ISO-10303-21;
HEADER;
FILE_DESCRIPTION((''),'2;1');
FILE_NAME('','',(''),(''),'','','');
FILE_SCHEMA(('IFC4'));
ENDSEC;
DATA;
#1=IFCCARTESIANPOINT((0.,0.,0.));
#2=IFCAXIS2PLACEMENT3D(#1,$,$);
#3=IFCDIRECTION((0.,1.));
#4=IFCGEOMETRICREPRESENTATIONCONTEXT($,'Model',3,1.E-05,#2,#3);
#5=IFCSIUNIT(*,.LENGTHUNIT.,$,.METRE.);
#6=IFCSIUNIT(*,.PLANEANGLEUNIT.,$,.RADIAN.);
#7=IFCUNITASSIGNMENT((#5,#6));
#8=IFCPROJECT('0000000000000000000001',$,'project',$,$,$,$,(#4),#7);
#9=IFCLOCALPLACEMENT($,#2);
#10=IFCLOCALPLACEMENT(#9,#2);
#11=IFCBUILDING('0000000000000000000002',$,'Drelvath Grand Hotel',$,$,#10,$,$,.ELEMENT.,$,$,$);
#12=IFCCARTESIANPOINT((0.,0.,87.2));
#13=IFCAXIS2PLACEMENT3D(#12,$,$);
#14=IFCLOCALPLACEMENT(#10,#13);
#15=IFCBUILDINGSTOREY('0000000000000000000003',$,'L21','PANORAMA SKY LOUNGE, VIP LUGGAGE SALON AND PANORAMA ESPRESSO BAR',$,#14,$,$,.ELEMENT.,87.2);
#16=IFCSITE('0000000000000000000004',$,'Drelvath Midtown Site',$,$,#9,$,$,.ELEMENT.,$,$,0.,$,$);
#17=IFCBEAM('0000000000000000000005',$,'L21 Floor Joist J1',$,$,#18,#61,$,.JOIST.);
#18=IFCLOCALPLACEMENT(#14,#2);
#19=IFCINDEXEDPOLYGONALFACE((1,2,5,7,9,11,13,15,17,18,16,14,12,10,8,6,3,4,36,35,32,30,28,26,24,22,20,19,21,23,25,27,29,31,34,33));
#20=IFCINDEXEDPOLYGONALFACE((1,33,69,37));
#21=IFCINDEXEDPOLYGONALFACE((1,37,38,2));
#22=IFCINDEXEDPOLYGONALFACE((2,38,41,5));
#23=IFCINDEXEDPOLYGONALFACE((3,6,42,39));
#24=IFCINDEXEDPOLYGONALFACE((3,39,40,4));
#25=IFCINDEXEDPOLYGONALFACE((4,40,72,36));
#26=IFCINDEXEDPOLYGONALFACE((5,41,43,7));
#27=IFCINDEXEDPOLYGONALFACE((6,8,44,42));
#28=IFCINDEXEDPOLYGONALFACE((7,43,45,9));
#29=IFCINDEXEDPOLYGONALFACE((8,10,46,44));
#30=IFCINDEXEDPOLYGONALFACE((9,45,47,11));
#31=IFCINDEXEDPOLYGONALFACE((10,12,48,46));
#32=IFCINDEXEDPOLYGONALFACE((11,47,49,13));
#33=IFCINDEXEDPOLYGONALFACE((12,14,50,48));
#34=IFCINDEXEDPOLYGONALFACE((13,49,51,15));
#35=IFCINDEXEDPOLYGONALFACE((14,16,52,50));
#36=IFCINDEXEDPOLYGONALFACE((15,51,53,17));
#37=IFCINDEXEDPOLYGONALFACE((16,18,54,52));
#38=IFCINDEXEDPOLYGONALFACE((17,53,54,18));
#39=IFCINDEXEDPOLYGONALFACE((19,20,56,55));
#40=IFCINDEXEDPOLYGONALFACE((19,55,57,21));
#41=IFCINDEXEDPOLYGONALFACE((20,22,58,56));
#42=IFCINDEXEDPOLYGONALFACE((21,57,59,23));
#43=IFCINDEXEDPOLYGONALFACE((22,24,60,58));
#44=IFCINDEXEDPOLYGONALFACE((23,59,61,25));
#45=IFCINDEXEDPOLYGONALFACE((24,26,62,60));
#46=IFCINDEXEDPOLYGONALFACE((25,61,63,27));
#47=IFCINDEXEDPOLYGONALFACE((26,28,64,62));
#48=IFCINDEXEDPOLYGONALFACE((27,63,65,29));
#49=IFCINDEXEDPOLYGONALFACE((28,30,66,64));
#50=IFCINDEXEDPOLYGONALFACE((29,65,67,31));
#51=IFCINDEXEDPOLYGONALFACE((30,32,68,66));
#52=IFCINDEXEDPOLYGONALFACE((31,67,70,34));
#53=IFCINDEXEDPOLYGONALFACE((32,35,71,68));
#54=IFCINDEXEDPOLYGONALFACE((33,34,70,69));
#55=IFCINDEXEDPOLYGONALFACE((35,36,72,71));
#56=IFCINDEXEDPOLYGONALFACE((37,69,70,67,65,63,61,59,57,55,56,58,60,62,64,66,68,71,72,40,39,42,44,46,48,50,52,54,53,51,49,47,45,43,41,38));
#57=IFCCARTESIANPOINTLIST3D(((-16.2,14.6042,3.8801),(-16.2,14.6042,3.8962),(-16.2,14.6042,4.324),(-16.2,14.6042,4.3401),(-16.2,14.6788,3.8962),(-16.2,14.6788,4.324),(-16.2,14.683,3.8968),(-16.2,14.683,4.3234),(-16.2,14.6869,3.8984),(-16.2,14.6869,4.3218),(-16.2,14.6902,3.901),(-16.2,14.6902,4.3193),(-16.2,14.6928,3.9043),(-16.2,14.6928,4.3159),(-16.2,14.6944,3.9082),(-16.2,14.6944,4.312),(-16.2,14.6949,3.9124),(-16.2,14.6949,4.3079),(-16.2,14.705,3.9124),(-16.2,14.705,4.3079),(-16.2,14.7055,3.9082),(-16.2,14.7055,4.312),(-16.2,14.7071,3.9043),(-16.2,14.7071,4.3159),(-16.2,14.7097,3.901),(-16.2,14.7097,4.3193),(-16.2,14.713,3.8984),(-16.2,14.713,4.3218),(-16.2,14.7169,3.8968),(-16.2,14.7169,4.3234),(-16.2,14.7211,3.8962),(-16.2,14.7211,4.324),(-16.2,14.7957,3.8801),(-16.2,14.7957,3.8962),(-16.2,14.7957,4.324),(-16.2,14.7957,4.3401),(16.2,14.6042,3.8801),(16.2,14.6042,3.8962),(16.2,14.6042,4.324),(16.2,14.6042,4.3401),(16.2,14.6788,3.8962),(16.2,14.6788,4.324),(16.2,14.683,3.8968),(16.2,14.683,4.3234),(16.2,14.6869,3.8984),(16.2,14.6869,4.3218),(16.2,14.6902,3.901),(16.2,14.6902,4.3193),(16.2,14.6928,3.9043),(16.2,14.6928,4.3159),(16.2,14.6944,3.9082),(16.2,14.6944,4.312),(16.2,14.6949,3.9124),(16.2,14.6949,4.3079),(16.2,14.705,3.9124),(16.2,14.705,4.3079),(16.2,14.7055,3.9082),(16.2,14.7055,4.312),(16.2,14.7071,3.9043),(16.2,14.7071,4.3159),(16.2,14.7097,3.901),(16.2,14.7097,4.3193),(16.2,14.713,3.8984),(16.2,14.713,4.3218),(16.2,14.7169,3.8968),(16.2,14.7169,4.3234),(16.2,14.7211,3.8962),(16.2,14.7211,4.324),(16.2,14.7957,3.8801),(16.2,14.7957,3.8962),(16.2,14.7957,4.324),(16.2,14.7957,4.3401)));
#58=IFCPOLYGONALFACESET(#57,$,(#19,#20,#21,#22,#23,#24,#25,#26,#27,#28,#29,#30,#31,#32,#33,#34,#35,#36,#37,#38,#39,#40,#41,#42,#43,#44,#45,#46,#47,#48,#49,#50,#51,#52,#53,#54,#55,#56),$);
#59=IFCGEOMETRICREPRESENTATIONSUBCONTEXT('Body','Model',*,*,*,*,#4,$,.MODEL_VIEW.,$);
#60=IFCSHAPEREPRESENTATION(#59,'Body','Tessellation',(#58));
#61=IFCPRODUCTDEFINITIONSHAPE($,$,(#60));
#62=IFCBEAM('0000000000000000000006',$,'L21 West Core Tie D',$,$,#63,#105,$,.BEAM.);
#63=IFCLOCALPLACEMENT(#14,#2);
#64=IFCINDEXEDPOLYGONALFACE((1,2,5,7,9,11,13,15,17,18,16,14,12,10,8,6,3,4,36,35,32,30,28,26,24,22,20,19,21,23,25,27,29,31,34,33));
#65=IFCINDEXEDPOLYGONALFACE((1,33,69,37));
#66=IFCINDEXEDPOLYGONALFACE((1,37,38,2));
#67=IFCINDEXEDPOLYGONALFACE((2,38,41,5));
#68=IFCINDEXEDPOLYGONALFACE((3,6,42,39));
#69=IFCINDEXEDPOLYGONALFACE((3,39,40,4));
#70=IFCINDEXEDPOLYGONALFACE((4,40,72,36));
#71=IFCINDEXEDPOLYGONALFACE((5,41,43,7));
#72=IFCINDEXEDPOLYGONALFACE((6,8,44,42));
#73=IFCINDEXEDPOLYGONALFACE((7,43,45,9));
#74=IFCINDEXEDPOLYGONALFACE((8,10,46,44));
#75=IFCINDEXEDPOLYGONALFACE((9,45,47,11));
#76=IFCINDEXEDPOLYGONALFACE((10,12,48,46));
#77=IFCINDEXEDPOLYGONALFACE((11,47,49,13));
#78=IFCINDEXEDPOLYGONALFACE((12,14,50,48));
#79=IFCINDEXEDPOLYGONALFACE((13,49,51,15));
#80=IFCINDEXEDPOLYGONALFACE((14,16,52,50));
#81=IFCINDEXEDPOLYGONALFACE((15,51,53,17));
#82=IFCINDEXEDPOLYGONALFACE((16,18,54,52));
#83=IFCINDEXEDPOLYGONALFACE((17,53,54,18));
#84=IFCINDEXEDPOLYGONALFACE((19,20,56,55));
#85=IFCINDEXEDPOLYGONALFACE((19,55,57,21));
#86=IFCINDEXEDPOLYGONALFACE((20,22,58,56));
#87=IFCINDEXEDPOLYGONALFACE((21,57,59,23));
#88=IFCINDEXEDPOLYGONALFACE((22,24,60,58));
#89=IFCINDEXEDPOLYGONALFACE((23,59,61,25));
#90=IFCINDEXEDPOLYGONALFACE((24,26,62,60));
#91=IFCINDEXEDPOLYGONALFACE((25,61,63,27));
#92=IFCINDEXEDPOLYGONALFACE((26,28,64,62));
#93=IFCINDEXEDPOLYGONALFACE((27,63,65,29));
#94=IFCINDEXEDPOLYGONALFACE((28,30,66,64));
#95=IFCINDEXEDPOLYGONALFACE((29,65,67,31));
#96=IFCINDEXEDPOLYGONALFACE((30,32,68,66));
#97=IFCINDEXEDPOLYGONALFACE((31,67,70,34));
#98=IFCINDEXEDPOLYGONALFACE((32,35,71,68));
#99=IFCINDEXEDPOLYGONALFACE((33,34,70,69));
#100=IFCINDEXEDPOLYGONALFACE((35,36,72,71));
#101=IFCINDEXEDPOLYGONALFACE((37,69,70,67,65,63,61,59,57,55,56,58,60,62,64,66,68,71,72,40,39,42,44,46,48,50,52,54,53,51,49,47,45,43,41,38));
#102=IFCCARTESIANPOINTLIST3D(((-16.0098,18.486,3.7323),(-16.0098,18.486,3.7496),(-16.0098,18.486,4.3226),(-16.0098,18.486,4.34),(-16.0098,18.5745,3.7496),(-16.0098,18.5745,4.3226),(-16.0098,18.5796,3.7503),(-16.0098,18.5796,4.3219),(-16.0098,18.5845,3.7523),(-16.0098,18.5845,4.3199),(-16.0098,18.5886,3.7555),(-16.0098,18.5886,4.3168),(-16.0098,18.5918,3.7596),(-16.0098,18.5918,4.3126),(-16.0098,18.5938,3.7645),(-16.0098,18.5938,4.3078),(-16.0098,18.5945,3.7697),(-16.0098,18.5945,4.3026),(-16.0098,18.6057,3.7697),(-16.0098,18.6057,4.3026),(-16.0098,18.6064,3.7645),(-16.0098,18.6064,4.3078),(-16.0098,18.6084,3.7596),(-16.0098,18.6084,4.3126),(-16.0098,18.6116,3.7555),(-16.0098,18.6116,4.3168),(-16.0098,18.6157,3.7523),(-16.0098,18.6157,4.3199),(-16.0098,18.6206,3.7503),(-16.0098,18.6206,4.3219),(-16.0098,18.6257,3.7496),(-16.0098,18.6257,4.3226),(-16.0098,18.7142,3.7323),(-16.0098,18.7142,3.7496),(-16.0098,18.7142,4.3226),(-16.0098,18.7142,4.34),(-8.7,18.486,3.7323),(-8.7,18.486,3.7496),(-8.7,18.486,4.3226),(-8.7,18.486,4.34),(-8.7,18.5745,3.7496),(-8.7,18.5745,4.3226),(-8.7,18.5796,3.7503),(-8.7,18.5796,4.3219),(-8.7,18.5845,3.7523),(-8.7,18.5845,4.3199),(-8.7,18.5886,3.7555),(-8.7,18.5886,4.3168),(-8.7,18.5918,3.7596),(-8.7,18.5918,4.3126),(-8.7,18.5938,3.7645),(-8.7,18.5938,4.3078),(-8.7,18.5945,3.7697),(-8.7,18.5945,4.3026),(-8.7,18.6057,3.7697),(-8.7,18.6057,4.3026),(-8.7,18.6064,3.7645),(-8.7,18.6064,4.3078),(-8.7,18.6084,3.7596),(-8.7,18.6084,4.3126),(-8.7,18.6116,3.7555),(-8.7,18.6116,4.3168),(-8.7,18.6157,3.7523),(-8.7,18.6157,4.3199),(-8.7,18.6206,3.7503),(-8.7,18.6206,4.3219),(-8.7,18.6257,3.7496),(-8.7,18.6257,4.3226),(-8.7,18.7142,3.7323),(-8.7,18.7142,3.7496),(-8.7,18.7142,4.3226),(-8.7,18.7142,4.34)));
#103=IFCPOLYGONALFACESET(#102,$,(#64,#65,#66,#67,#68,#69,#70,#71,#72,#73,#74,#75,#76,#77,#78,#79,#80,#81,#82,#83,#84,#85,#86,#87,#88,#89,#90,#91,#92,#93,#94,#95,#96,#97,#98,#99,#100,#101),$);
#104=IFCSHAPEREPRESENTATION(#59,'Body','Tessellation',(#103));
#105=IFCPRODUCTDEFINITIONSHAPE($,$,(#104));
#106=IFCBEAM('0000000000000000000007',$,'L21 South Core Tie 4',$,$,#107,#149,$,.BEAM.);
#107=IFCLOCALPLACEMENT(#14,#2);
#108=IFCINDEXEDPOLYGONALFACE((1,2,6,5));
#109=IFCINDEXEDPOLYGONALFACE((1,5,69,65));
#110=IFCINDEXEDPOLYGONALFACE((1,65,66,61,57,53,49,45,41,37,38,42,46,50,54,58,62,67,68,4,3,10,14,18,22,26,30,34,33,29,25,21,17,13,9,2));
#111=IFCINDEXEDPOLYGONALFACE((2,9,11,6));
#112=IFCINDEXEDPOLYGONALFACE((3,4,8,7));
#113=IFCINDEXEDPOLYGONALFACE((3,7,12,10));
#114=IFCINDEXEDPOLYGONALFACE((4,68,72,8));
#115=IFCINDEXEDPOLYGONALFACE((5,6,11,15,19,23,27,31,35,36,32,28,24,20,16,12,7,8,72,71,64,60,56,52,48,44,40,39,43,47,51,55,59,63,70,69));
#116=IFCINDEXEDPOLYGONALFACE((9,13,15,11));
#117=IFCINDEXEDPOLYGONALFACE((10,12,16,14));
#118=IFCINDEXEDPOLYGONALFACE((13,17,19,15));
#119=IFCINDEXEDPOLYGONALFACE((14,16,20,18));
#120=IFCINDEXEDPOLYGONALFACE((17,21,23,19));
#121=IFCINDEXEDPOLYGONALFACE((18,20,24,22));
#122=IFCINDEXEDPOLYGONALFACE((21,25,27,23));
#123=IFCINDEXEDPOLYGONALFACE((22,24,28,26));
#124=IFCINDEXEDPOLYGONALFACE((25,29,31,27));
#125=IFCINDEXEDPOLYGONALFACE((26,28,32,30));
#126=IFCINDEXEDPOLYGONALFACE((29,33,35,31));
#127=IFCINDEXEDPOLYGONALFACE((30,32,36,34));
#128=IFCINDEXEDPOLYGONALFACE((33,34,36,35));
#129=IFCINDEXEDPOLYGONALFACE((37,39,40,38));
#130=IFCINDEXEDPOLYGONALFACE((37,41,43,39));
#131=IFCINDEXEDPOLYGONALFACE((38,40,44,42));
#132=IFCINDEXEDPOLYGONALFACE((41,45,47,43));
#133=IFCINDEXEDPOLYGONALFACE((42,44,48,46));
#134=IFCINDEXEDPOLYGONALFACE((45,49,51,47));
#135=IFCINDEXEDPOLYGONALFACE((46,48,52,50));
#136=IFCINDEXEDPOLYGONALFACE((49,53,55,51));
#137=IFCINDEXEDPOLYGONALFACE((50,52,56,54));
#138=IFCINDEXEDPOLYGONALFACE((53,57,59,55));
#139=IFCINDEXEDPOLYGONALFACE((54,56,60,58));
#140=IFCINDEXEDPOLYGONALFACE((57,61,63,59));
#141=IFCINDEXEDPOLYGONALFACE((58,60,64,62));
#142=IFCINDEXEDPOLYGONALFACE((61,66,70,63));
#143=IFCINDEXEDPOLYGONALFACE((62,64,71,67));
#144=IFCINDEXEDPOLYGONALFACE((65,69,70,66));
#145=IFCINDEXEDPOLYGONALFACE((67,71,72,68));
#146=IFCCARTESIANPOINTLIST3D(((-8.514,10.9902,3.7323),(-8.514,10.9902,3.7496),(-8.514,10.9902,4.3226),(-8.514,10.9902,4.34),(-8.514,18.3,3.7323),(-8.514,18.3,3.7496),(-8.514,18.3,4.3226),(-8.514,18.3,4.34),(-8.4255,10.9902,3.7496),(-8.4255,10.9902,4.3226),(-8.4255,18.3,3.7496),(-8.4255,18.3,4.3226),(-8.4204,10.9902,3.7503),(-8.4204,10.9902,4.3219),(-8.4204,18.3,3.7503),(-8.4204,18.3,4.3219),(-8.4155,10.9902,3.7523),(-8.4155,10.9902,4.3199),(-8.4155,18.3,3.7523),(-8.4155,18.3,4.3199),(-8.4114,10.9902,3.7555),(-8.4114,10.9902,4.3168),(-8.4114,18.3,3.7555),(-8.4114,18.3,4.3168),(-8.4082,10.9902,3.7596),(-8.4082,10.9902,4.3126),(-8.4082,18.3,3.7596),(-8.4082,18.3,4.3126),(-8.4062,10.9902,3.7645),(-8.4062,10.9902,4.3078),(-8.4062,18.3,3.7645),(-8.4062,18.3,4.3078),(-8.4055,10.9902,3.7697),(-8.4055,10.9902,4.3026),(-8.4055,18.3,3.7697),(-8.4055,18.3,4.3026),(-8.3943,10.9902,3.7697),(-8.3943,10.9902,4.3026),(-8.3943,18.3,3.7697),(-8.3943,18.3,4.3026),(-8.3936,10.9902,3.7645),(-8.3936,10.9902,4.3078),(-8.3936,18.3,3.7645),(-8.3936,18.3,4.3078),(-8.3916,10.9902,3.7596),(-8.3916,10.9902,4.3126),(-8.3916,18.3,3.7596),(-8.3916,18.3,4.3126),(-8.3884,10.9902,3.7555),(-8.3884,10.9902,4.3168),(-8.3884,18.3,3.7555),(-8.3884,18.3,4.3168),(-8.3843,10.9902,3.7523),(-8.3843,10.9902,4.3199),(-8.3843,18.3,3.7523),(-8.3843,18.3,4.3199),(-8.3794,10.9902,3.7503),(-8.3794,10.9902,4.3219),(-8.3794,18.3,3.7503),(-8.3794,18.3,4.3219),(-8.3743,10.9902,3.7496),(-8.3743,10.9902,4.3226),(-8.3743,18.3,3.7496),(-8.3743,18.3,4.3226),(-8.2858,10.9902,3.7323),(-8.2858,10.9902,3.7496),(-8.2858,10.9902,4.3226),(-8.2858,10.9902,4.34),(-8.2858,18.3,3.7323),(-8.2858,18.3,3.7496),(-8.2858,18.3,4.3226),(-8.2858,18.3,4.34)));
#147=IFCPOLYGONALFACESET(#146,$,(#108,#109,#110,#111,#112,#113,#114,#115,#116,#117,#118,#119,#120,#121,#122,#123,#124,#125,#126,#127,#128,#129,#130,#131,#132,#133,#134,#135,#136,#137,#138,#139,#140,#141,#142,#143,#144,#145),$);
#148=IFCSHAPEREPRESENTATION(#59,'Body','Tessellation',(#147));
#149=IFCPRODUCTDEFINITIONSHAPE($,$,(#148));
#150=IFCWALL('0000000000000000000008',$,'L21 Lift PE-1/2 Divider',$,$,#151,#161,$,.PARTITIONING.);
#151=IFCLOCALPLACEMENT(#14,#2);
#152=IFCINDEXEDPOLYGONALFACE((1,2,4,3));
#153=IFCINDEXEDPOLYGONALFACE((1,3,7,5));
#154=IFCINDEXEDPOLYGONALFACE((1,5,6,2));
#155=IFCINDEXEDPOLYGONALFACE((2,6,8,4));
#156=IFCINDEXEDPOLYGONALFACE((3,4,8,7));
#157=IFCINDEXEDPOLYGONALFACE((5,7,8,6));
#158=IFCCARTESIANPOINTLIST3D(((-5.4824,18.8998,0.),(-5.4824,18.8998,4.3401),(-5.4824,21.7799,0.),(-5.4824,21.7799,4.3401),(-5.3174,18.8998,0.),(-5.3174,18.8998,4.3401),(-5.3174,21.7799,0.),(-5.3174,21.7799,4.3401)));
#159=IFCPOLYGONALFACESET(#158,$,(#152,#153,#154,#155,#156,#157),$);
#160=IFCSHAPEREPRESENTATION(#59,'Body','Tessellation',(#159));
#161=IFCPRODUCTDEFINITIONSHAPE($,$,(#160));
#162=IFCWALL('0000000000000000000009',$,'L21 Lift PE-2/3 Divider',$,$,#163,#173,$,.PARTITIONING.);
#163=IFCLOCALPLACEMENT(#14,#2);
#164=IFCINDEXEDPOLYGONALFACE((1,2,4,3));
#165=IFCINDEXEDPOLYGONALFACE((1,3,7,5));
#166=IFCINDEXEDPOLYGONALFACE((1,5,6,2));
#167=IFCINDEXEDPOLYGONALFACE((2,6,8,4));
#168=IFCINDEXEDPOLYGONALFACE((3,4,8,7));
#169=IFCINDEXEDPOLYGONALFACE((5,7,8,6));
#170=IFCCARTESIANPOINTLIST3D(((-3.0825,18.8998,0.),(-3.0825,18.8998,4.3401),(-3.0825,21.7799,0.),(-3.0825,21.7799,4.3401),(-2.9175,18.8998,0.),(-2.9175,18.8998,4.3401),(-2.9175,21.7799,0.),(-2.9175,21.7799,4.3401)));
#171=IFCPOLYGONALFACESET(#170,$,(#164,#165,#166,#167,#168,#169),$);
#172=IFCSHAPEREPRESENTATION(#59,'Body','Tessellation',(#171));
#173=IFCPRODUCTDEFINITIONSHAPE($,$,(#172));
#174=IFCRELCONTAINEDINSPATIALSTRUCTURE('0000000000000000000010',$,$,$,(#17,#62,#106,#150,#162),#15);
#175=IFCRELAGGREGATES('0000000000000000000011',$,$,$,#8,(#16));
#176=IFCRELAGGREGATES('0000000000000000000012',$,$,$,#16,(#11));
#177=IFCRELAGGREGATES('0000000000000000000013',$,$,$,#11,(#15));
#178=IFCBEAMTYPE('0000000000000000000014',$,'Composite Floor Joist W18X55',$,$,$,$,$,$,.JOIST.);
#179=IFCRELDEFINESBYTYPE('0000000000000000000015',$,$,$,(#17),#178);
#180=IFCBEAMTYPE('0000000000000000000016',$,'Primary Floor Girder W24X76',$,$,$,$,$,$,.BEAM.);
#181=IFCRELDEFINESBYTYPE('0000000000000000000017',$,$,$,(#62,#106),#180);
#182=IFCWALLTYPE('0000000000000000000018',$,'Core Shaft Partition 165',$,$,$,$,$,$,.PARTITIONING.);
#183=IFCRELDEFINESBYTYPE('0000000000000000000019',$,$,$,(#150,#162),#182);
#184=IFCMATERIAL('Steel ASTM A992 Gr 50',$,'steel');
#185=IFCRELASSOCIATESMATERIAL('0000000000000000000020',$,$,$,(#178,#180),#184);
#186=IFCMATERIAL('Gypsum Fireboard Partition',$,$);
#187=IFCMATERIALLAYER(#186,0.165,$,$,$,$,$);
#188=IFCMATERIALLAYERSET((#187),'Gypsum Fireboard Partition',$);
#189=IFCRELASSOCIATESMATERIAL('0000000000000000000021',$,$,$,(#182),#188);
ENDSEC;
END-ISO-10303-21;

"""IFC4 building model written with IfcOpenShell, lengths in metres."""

from ifc_helpers import new_model, si_unit, direction, frame, frame_2d, origin, origin_2d, place, context, subcontext, project, spatial, rectangle, i_section, extrude, material, layer, layer_set, material_profile, profile_set, type_object, element, save


model = new_model("IFC4")

# Units and contexts
model_context = context("Model", 3, precision=1e-05, world=origin(), true_north=direction((0.0, 1.0)))
body_context = subcontext(model_context, "Body", "Model", "MODEL_VIEW")
ifc_project = project(units=[si_unit("LENGTHUNIT", "METRE"), si_unit("PLANEANGLEUNIT", "RADIAN")], contexts=[model_context])

# Site, building, storey
site_placement = place(None, origin())
site = spatial("IfcSite", under=ifc_project, at=site_placement, Name="Drelvath Midtown Site", CompositionType="ELEMENT", RefElevation=0.0)
building_placement = place(site_placement, origin())
building = spatial("IfcBuilding", under=site, at=building_placement, Name="Drelvath Grand Hotel", CompositionType="ELEMENT")
storey_placement = place(building_placement, frame((0.0, 0.0, 87.2)))
storey = spatial("IfcBuildingStorey", under=building, at=storey_placement, Name="L21", Description="PANORAMA SKY LOUNGE, VIP LUGGAGE SALON AND PANORAMA ESPRESSO BAR", CompositionType="ELEMENT", Elevation=87.2)

# Beams
ifc_material_1 = material(Name="Steel ASTM A992 Gr 50", Category="steel")
ifc_material_profile_1 = material_profile(ifc_material_1, i_section(OverallWidth=0.1914, OverallDepth=0.46, WebThickness=0.01, FlangeThickness=0.0161, FilletRadius=0.0161, at=origin_2d()), Name="W18X55")
ifc_profile_set_1 = profile_set([ifc_material_profile_1], Name="Steel ASTM A992 Gr 50")
beam_type_1 = type_object("IfcBeamType", Name="Composite Floor Joist W18X55", PredefinedType="JOIST", material=ifc_profile_set_1)
beam_placement = place(storey_placement, frame((-16.2, 14.7, 4.1101), z_axis=(1.0, 0.0, 0.0), x_axis=(0.0, 1.0, 0.0)))
element("IfcBeam", 1, at=beam_placement, inside=storey, type_object=beam_type_1, Name="L21 Floor Joist J1", PredefinedType="JOIST", context=body_context, shape_type="SweptSolid", body=[
    extrude(i_section(OverallWidth=0.1914, OverallDepth=0.46, WebThickness=0.01, FlangeThickness=0.0161, FilletRadius=0.0161, at=origin_2d()), origin(), (0.0, 0.0, 1.0), 32.3999),
])
ifc_material_profile_2 = material_profile(ifc_material_1, i_section(OverallWidth=0.2283, OverallDepth=0.6077, WebThickness=0.0112, FlangeThickness=0.0173, FilletRadius=0.02, at=origin_2d()), Name="W24X76")
ifc_profile_set_2 = profile_set([ifc_material_profile_2], Name="Steel ASTM A992 Gr 50")
beam_type_2 = type_object("IfcBeamType", Name="Primary Floor Girder W24X76", PredefinedType="BEAM", material=ifc_profile_set_2)
for number, where, z_axis, x_axis, name in (
    (2, (-16.0098, 18.6001, 4.0361), (1.0, 0.0, 0.0), (0.0, 1.0, 0.0), "L21 West Core Tie D"),
    (3, (-8.3999, 10.9902, 4.0361), (0.0, 1.0, 0.0), (-1.0, 0.0, 0.0), "L21 South Core Tie 4"),
):
    element("IfcBeam", number, at=place(storey_placement, frame(where, z_axis=z_axis, x_axis=x_axis)), inside=storey, type_object=beam_type_2, Name=name, PredefinedType="BEAM", context=body_context, shape_type="SweptSolid", body=[
        extrude(i_section(OverallWidth=0.2283, OverallDepth=0.6077, WebThickness=0.0112, FlangeThickness=0.0173, FilletRadius=0.02, at=origin_2d()), origin(), (0.0, 0.0, 1.0), 7.3098),
    ])

# Walls
ifc_material_2 = material(Name="Gypsum Fireboard Partition")
ifc_layer_1 = layer(ifc_material_2, 0.165)
ifc_layer_set_1 = layer_set([ifc_layer_1], Name="Gypsum Fireboard Partition")
wall_type_1 = type_object("IfcWallType", Name="Core Shaft Partition 165", PredefinedType="PARTITIONING", material=ifc_layer_set_1)
for number, where, z_axis, x_axis, name in (
    (4, (-5.3999, 18.8999, 0.0), (0.0, 0.0, 1.0), (0.0, 1.0, 0.0), "L21 Lift PE-1/2 Divider"),
    (5, (-3.0, 18.8999, 0.0), (0.0, 0.0, 1.0), (0.0, 1.0, 0.0), "L21 Lift PE-2/3 Divider"),
):
    element("IfcWall", number, at=place(storey_placement, frame(where, z_axis=z_axis, x_axis=x_axis)), inside=storey, type_object=wall_type_1, Name=name, PredefinedType="PARTITIONING", context=body_context, shape_type="SweptSolid", body=[
        extrude(rectangle(XDim=2.8801, YDim=0.165, at=frame_2d((1.4399, 0.0))), origin(), (0.0, 0.0, 1.0), 4.3401),
    ])

save(model, "model.ifc")
